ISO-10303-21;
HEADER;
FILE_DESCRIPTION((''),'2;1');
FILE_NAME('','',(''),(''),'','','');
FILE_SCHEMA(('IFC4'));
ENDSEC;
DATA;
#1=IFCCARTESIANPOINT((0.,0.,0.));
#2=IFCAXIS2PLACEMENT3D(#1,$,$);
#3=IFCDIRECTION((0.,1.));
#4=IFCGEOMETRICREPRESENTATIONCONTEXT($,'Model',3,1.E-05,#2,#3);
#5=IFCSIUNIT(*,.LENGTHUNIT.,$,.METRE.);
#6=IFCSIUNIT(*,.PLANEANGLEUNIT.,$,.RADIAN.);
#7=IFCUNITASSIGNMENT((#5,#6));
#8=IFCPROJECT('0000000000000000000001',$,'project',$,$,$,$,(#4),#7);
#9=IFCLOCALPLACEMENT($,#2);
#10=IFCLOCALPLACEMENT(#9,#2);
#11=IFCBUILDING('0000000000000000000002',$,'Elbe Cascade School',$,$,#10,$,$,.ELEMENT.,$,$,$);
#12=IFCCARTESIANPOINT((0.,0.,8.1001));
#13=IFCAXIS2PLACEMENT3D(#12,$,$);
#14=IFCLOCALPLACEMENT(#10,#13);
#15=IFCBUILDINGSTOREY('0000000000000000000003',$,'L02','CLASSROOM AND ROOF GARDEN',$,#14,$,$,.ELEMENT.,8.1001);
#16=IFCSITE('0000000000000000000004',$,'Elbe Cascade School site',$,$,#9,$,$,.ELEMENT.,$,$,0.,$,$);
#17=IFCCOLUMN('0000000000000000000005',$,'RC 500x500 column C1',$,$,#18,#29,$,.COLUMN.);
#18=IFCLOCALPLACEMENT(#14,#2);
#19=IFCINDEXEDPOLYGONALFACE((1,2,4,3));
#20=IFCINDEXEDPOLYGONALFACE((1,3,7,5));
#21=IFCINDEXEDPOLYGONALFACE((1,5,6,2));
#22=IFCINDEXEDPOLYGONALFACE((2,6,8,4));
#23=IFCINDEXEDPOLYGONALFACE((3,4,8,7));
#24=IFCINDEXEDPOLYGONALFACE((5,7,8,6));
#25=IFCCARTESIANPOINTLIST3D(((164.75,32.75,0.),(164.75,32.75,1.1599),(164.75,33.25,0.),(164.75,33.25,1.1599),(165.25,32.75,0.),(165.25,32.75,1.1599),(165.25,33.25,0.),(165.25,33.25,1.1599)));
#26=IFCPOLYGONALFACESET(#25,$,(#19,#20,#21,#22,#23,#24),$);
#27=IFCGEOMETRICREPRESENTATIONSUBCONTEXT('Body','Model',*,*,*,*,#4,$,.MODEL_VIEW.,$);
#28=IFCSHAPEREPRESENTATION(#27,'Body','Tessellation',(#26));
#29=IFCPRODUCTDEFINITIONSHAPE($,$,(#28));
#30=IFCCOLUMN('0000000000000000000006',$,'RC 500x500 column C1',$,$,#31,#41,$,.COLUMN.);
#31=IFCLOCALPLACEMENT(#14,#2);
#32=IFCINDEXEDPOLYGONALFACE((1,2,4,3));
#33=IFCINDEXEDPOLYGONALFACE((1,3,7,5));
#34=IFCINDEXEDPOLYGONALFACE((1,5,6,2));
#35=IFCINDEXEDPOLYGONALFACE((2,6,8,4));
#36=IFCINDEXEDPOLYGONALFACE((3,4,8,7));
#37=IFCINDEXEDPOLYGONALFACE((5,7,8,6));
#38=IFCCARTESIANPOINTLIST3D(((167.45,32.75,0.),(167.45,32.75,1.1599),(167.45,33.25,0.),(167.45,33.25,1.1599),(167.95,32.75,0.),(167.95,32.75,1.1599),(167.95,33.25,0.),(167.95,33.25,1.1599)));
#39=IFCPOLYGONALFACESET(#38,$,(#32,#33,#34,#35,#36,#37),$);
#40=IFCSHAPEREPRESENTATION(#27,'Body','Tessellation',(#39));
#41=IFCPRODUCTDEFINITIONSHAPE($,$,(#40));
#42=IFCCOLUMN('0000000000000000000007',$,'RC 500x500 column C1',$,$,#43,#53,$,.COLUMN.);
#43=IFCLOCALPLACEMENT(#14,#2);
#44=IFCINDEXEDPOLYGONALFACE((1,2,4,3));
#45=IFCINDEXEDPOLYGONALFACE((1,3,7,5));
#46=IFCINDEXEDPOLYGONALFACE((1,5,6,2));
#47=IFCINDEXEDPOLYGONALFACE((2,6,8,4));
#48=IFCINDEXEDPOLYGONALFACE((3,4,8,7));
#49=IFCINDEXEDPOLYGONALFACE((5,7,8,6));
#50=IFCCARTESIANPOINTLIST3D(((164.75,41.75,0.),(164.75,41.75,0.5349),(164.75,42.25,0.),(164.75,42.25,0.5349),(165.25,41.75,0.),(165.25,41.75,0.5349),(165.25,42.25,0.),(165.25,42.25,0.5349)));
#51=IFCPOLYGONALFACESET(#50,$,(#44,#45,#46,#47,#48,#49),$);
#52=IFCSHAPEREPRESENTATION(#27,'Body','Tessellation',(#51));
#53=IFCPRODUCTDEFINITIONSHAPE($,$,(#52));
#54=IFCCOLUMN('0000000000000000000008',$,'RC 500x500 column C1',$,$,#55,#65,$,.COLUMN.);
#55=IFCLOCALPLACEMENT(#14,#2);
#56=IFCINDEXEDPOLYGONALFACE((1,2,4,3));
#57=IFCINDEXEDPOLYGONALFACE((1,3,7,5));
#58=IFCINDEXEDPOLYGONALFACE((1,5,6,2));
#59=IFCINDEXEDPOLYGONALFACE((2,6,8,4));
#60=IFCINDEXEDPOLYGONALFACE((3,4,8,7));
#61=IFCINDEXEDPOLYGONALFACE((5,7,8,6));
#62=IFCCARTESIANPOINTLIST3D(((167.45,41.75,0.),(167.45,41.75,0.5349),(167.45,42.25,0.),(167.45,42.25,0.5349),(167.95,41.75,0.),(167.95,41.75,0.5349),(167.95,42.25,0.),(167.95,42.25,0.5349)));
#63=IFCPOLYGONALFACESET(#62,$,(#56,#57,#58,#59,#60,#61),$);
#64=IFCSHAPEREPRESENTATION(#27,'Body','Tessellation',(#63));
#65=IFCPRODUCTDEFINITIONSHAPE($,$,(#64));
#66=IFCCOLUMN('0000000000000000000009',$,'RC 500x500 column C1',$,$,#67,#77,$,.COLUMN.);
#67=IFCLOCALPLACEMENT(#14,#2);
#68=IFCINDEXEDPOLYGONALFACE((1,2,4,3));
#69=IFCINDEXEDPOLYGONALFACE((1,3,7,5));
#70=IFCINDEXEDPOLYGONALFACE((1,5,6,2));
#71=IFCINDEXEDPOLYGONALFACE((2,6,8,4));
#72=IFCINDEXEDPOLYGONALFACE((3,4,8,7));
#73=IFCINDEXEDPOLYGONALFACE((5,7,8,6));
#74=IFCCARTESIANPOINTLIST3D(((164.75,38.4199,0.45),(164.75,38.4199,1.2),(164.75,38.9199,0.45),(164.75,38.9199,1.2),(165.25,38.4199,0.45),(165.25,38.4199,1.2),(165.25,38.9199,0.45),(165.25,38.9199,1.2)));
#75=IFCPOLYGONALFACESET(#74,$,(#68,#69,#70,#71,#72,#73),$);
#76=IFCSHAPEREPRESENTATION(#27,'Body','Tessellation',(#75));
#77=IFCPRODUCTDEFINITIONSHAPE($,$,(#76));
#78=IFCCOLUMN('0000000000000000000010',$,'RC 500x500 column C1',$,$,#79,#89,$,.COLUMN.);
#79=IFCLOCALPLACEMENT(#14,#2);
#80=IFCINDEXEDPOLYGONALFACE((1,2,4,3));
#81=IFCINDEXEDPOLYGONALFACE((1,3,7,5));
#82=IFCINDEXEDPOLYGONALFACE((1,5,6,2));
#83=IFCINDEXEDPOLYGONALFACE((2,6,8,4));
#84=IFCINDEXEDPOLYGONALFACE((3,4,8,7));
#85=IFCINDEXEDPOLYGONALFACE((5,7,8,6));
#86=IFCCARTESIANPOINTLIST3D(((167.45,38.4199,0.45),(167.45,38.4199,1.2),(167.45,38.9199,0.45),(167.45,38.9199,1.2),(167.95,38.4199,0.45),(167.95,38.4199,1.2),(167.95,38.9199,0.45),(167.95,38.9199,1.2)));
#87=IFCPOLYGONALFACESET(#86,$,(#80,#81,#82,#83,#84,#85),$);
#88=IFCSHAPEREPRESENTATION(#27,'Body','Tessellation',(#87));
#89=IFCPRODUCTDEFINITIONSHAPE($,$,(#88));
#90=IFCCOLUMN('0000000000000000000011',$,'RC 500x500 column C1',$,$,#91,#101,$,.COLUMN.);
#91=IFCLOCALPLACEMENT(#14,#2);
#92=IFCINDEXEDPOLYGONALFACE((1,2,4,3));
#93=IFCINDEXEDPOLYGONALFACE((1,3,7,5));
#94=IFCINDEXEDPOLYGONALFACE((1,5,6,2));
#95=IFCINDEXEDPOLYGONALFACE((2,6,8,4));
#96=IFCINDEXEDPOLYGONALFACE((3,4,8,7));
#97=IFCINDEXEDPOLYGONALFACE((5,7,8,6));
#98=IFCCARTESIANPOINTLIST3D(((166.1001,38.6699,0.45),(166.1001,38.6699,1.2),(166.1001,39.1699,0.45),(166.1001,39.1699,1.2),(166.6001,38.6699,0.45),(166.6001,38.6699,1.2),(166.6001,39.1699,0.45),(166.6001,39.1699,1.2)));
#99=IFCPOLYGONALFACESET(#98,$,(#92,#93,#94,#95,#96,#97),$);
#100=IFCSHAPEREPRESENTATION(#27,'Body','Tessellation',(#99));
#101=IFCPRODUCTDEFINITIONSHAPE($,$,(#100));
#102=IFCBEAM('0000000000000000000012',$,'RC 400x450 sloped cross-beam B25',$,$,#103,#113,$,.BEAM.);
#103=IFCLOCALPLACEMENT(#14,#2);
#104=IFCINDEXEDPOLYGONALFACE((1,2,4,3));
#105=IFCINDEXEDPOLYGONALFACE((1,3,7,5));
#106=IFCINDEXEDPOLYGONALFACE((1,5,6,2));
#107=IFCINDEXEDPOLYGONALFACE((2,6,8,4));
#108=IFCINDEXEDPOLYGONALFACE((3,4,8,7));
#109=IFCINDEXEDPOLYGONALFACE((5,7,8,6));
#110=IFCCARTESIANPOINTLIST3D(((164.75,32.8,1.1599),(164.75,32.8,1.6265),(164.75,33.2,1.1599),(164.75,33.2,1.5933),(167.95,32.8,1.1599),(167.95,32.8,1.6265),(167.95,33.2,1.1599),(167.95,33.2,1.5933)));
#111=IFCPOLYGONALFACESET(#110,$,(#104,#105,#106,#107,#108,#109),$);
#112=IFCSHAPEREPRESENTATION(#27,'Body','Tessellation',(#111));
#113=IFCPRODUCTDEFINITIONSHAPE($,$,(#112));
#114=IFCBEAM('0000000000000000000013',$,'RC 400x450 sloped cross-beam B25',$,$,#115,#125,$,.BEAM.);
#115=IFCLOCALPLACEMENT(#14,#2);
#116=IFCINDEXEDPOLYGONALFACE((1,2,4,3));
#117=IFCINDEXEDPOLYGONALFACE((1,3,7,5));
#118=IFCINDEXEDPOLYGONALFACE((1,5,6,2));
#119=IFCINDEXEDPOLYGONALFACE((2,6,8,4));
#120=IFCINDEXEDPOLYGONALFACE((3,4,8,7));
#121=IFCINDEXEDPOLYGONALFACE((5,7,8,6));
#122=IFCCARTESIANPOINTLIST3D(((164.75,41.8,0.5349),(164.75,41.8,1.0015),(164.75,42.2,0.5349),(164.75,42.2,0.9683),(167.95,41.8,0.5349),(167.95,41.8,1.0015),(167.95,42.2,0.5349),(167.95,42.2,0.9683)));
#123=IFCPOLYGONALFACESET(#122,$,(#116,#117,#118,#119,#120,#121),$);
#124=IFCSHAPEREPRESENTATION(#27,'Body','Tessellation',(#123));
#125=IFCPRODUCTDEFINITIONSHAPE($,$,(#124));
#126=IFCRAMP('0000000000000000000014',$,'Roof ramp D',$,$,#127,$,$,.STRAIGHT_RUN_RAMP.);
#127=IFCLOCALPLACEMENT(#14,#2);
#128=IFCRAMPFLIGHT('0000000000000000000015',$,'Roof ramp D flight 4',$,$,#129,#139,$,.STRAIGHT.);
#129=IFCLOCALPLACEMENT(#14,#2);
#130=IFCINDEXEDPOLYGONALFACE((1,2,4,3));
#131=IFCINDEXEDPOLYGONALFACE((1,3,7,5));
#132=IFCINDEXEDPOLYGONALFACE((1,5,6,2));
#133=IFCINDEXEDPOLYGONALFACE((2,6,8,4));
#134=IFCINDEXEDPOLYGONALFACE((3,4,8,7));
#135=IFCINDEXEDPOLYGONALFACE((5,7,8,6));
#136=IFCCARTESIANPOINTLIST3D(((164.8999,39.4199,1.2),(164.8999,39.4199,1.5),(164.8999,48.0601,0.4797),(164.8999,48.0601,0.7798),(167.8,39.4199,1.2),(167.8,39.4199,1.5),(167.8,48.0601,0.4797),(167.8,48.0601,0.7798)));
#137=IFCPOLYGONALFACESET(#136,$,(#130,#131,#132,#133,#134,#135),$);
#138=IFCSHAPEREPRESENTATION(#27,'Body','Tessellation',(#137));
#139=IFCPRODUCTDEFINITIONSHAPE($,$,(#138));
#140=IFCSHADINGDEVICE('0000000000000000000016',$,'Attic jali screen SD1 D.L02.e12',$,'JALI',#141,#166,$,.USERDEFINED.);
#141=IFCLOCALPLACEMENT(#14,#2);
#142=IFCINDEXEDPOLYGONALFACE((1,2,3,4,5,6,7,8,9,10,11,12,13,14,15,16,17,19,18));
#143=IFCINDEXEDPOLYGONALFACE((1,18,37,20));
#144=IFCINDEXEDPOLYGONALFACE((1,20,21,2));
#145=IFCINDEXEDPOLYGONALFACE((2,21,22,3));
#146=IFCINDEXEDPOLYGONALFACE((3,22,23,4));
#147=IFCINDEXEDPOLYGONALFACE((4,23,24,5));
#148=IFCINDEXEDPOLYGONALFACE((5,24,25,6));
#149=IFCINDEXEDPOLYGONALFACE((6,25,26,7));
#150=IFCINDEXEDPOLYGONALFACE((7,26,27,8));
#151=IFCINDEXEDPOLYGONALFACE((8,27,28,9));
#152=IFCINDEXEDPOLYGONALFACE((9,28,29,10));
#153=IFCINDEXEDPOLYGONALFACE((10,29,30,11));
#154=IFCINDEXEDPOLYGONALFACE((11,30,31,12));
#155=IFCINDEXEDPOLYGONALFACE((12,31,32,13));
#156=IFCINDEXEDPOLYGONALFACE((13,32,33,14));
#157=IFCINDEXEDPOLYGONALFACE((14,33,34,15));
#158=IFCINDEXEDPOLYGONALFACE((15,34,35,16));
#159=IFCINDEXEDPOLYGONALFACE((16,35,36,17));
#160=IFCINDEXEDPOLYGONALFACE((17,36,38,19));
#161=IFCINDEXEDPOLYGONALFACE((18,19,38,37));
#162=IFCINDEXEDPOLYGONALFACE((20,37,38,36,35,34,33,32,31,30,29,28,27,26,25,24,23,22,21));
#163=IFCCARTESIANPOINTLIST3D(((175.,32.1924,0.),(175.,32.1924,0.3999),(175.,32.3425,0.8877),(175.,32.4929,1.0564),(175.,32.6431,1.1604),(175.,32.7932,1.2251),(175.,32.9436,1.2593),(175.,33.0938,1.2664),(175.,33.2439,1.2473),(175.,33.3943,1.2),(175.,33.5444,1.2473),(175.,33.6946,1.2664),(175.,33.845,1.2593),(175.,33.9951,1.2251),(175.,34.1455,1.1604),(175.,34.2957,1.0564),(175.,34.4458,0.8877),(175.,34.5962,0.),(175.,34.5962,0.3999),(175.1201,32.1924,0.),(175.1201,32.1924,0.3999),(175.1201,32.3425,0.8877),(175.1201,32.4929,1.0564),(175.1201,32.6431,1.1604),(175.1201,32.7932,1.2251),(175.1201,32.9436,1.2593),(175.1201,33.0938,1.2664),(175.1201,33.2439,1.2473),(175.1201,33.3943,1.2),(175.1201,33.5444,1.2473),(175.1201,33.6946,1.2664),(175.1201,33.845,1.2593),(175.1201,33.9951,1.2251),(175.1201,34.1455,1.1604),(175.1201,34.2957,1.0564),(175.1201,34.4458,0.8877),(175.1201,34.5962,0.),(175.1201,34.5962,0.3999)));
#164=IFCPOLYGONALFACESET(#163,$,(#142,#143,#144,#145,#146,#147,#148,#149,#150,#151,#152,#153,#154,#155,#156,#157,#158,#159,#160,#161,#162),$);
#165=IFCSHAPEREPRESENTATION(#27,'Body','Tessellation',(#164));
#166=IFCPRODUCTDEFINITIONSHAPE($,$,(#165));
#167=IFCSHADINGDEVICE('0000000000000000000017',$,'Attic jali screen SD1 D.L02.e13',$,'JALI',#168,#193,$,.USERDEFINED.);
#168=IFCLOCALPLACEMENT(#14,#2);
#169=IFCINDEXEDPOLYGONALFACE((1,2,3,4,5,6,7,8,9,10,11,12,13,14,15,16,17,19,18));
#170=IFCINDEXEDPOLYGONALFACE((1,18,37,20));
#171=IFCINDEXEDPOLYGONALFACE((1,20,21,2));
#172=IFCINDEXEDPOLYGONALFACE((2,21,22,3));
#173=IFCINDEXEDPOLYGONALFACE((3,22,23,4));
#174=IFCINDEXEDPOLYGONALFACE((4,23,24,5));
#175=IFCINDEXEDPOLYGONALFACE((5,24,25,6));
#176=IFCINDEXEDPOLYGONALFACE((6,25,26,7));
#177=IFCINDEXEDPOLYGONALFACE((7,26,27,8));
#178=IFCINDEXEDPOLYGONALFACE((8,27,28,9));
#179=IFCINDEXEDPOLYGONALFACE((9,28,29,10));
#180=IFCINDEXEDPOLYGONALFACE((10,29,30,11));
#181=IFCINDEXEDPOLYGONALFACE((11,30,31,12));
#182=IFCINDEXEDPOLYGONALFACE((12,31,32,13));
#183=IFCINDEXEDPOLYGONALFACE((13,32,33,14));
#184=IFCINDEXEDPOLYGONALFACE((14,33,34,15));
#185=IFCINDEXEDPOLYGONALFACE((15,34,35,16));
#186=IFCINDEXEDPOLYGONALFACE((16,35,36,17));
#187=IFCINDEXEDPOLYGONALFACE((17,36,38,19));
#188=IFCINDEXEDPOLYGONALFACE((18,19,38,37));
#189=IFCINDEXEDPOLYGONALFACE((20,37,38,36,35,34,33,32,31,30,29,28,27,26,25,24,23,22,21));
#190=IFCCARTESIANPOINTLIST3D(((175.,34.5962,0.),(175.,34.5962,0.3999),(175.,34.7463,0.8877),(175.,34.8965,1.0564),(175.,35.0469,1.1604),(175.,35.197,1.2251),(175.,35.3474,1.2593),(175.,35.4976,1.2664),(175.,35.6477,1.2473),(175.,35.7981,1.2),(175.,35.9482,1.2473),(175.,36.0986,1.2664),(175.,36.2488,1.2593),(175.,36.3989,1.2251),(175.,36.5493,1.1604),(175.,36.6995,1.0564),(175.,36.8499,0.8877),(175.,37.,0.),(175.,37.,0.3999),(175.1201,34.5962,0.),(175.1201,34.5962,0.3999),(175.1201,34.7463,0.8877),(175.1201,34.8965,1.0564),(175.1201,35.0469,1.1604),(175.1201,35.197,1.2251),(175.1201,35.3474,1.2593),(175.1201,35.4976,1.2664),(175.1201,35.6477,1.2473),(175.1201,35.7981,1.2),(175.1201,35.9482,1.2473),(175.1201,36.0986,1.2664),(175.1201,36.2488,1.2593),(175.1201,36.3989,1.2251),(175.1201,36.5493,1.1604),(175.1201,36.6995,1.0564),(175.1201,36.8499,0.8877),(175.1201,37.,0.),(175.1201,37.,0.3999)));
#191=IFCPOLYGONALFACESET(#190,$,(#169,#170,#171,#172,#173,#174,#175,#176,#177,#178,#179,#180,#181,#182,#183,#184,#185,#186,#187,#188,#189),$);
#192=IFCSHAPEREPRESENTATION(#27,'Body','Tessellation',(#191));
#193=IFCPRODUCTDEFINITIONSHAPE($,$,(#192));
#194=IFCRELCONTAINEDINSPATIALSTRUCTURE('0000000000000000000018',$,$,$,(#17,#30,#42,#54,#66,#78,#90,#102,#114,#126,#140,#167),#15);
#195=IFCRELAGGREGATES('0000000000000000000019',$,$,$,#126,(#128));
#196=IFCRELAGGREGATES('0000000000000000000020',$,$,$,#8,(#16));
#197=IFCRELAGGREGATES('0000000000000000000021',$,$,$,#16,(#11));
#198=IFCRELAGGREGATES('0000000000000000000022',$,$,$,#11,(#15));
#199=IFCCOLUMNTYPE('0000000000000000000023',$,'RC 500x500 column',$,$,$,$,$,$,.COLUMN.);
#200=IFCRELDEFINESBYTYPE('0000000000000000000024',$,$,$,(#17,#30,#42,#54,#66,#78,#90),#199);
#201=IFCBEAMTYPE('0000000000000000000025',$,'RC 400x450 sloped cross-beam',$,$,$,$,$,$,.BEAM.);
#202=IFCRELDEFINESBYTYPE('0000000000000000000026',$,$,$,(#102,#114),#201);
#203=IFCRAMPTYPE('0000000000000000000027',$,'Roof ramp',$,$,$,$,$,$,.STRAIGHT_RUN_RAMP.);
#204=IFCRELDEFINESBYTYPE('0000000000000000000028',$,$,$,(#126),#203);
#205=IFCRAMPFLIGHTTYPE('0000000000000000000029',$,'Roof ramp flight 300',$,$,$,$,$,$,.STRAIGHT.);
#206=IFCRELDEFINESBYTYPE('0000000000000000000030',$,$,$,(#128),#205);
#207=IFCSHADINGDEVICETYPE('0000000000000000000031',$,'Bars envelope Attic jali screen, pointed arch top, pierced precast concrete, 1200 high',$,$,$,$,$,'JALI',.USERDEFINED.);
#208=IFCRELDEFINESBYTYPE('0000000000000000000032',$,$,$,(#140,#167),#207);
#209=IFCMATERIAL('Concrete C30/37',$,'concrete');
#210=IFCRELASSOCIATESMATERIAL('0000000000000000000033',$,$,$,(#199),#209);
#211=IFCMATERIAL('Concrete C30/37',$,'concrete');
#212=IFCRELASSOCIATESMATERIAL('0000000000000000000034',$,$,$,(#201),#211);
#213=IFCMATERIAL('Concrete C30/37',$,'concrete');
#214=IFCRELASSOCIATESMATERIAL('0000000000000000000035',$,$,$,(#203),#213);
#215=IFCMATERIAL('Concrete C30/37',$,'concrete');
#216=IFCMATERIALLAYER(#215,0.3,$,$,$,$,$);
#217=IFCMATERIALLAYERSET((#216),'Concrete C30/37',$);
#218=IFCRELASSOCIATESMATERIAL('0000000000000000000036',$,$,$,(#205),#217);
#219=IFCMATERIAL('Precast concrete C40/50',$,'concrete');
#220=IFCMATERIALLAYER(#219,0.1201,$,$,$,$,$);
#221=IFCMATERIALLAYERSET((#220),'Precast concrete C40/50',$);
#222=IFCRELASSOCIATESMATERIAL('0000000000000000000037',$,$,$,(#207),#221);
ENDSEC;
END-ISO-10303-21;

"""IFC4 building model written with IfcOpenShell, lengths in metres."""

from ifc_helpers import new_model, si_unit, direction, frame, origin, origin_2d, place, context, subcontext, project, spatial, polyline, rectangle, outline, extrude, material, layer, layer_set, material_profile, profile_set, type_object, element, aggregate, save


model = new_model("IFC4")

# Units and contexts
model_context = context("Model", 3, precision=1e-05, world=origin(), true_north=direction((0.0, 1.0)))
body_context = subcontext(model_context, "Body", "Model", "MODEL_VIEW")
ifc_project = project(units=[si_unit("LENGTHUNIT", "METRE"), si_unit("PLANEANGLEUNIT", "RADIAN")], contexts=[model_context])

# Site, building, storey
site_placement = place(None, origin())
site = spatial("IfcSite", under=ifc_project, at=site_placement, Name="Elbe Cascade School site", CompositionType="ELEMENT", RefElevation=0.0)
building_placement = place(site_placement, origin())
building = spatial("IfcBuilding", under=site, at=building_placement, Name="Elbe Cascade School", CompositionType="ELEMENT")
storey_placement = place(building_placement, frame((0.0, 0.0, 8.1001)))
storey = spatial("IfcBuildingStorey", under=building, at=storey_placement, Name="L02", Description="CLASSROOM AND ROOF GARDEN", CompositionType="ELEMENT", Elevation=8.1001)

# Columns
ifc_material_1 = material(Name="Concrete C30/37", Category="concrete")
ifc_material_profile_1 = material_profile(ifc_material_1, rectangle(XDim=0.5, YDim=0.5, at=origin_2d()), Name="RC 500x500")
ifc_profile_set_1 = profile_set([ifc_material_profile_1], Name="Concrete C30/37")
column_type = type_object("IfcColumnType", Name="RC 500x500 column", PredefinedType="COLUMN", material=ifc_profile_set_1)
for number, where, z_axis, x_axis, name in (
    (1, (165.0, 33.0, 0.0), (0.0, 0.0, 1.0), (1.0, 0.0, 0.0), "RC 500x500 column C1"),
    (2, (167.7, 33.0, 0.0), (0.0, 0.0, 1.0), (1.0, 0.0, 0.0), "RC 500x500 column C1"),
):
    element("IfcColumn", number, at=place(storey_placement, frame(where, z_axis=z_axis, x_axis=x_axis)), inside=storey, type_object=column_type, Name=name, PredefinedType="COLUMN", context=body_context, shape_type="SweptSolid", body=[
        extrude(rectangle(XDim=0.5, YDim=0.5, at=origin_2d()), origin(), (0.0, 0.0, 1.0), 1.1599),
    ])
for number, where, z_axis, x_axis, name in (
    (3, (165.0, 42.0, 0.0), (0.0, 0.0, 1.0), (1.0, 0.0, 0.0), "RC 500x500 column C1"),
    (4, (167.7, 42.0, 0.0), (0.0, 0.0, 1.0), (1.0, 0.0, 0.0), "RC 500x500 column C1"),
):
    element("IfcColumn", number, at=place(storey_placement, frame(where, z_axis=z_axis, x_axis=x_axis)), inside=storey, type_object=column_type, Name=name, PredefinedType="COLUMN", context=body_context, shape_type="SweptSolid", body=[
        extrude(rectangle(XDim=0.5, YDim=0.5, at=origin_2d()), origin(), (0.0, 0.0, 1.0), 0.5349),
    ])
for number, where, z_axis, x_axis, name in (
    (5, (165.0, 38.6699, 0.45), (0.0, 0.0, 1.0), (1.0, 0.0, 0.0), "RC 500x500 column C1"),
    (6, (167.7, 38.6699, 0.45), (0.0, 0.0, 1.0), (1.0, 0.0, 0.0), "RC 500x500 column C1"),
    (7, (166.3501, 38.9199, 0.45), (0.0, 0.0, 1.0), (1.0, 0.0, 0.0), "RC 500x500 column C1"),
):
    element("IfcColumn", number, at=place(storey_placement, frame(where, z_axis=z_axis, x_axis=x_axis)), inside=storey, type_object=column_type, Name=name, PredefinedType="COLUMN", context=body_context, shape_type="SweptSolid", body=[
        extrude(rectangle(XDim=0.5, YDim=0.5, at=origin_2d()), origin(), (0.0, 0.0, 1.0), 0.75),
    ])

# Beams
ifc_material_2 = material(Name="Concrete C30/37", Category="concrete")
ifc_material_profile_2 = material_profile(ifc_material_2, outline(polyline([(-0.2, 0.0), (0.2, 0.0), (0.2, 0.4333), (-0.2, 0.4666), (-0.2, 0.0)])), Name="RC cross-beam 400x450 sloped top")
ifc_profile_set_2 = profile_set([ifc_material_profile_2], Name="Concrete C30/37")
beam_type = type_object("IfcBeamType", Name="RC 400x450 sloped cross-beam", PredefinedType="BEAM", material=ifc_profile_set_2)
for number, where, z_axis, x_axis, name in (
    (8, (164.75, 33.0, 1.1599), (1.0, 0.0, 0.0), (0.0, 1.0, 0.0), "RC 400x450 sloped cross-beam B25"),
    (9, (164.75, 42.0, 0.5349), (1.0, 0.0, 0.0), (0.0, 1.0, 0.0), "RC 400x450 sloped cross-beam B25"),
):
    element("IfcBeam", number, at=place(storey_placement, frame(where, z_axis=z_axis, x_axis=x_axis)), inside=storey, type_object=beam_type, Name=name, PredefinedType="BEAM", context=body_context, shape_type="SweptSolid", body=[
        extrude(outline(polyline([(-0.2, 0.0), (0.2, 0.0), (0.2, 0.4333), (-0.2, 0.4666), (-0.2, 0.0)])), origin(), (0.0, 0.0, 1.0), 3.2),
    ])

# Ramp, ramp flight
ifc_material_3 = material(Name="Concrete C30/37", Category="concrete")
ramp_type = type_object("IfcRampType", Name="Roof ramp", PredefinedType="STRAIGHT_RUN_RAMP", material=ifc_material_3)
ramp_placement = place(storey_placement, origin())
ramp = element("IfcRamp", 10, at=ramp_placement, inside=storey, type_object=ramp_type, Name="Roof ramp D", PredefinedType="STRAIGHT_RUN_RAMP")
ifc_material_4 = material(Name="Concrete C30/37", Category="concrete")
ifc_layer_1 = layer(ifc_material_4, 0.3)
ifc_layer_set_1 = layer_set([ifc_layer_1], Name="Concrete C30/37")
ramp_flight_type = type_object("IfcRampFlightType", Name="Roof ramp flight 300", PredefinedType="STRAIGHT", material=ifc_layer_set_1)
ramp_flight_placement = place(storey_placement, frame((166.3501, 39.4199, 1.5), z_axis=(0.0, 0.0, 1.0), x_axis=(0.0, 1.0, 0.0)))
ramp_flight = element("IfcRampFlight", 11, at=ramp_flight_placement, type_object=ramp_flight_type, Name="Roof ramp D flight 4", PredefinedType="STRAIGHT", context=body_context, shape_type="SweptSolid", body=[
    extrude(outline(polyline([(0.0, -0.3), (8.6401, -1.0203), (8.6401, -0.7202), (0.0, 0.0), (0.0, -0.3)])), frame((0.0, 1.4502, 0.0), z_axis=(0.0, -1.0, 0.0), x_axis=(1.0, 0.0, 0.0)), (0.0, 0.0, 1.0), 2.9001),
])
aggregate(ramp, [ramp_flight])

# Shading devices
ifc_material_5 = material(Name="Precast concrete C40/50", Category="concrete")
ifc_layer_2 = layer(ifc_material_5, 0.1201)
ifc_layer_set_2 = layer_set([ifc_layer_2], Name="Precast concrete C40/50")
shading_device_type = type_object("IfcShadingDeviceType", Name="Bars envelope Attic jali screen, pointed arch top, pierced precast concrete, 1200 high", ElementType="JALI", PredefinedType="USERDEFINED", material=ifc_layer_set_2)
shading_device_1_placement = place(storey_placement, frame((175.1201, 32.1924, 0.0), z_axis=(1.0, 0.0, 0.0), x_axis=(0.0, 1.0, 0.0)))
element("IfcShadingDevice", 12, at=shading_device_1_placement, inside=storey, type_object=shading_device_type, Name="Attic jali screen SD1 D.L02.e12", ObjectType="JALI", PredefinedType="USERDEFINED", context=body_context, shape_type="SweptSolid", body=[
    extrude(outline(polyline([(0.0, 0.0), (2.4038, 0.0), (2.4038, 0.3999), (2.2534, 0.8877), (2.1033, 1.0564), (1.9531, 1.1604), (1.8027, 1.2251), (1.6526, 1.2593), (1.5022, 1.2664), (1.3521, 1.2473), (1.2019, 1.2), (1.0515, 1.2473), (0.9014, 1.2664), (0.7512, 1.2593), (0.6008, 1.2251), (0.4507, 1.1604), (0.3005, 1.0564), (0.1501, 0.8877), (0.0, 0.3999), (0.0, 0.0)])), origin(), (0.0, 0.0, -1.0), 0.1201),
])
shading_device_2_placement = place(storey_placement, frame((175.1201, 34.5962, 0.0), z_axis=(1.0, 0.0, 0.0), x_axis=(0.0, 1.0, 0.0)))
element("IfcShadingDevice", 13, at=shading_device_2_placement, inside=storey, type_object=shading_device_type, Name="Attic jali screen SD1 D.L02.e13", ObjectType="JALI", PredefinedType="USERDEFINED", context=body_context, shape_type="SweptSolid", body=[
    extrude(outline(polyline([(0.0, 0.0), (2.4038, 0.0), (2.4038, 0.3999), (2.2537, 0.8877), (2.1033, 1.0564), (1.9531, 1.1604), (1.8027, 1.2251), (1.6526, 1.2593), (1.5024, 1.2664), (1.3521, 1.2473), (1.2019, 1.2), (1.0515, 1.2473), (0.9014, 1.2664), (0.7512, 1.2593), (0.6008, 1.2251), (0.4507, 1.1604), (0.3003, 1.0564), (0.1501, 0.8877), (0.0, 0.3999), (0.0, 0.0)])), origin(), (0.0, 0.0, -1.0), 0.1201),
])

save(model, "model.ifc")
